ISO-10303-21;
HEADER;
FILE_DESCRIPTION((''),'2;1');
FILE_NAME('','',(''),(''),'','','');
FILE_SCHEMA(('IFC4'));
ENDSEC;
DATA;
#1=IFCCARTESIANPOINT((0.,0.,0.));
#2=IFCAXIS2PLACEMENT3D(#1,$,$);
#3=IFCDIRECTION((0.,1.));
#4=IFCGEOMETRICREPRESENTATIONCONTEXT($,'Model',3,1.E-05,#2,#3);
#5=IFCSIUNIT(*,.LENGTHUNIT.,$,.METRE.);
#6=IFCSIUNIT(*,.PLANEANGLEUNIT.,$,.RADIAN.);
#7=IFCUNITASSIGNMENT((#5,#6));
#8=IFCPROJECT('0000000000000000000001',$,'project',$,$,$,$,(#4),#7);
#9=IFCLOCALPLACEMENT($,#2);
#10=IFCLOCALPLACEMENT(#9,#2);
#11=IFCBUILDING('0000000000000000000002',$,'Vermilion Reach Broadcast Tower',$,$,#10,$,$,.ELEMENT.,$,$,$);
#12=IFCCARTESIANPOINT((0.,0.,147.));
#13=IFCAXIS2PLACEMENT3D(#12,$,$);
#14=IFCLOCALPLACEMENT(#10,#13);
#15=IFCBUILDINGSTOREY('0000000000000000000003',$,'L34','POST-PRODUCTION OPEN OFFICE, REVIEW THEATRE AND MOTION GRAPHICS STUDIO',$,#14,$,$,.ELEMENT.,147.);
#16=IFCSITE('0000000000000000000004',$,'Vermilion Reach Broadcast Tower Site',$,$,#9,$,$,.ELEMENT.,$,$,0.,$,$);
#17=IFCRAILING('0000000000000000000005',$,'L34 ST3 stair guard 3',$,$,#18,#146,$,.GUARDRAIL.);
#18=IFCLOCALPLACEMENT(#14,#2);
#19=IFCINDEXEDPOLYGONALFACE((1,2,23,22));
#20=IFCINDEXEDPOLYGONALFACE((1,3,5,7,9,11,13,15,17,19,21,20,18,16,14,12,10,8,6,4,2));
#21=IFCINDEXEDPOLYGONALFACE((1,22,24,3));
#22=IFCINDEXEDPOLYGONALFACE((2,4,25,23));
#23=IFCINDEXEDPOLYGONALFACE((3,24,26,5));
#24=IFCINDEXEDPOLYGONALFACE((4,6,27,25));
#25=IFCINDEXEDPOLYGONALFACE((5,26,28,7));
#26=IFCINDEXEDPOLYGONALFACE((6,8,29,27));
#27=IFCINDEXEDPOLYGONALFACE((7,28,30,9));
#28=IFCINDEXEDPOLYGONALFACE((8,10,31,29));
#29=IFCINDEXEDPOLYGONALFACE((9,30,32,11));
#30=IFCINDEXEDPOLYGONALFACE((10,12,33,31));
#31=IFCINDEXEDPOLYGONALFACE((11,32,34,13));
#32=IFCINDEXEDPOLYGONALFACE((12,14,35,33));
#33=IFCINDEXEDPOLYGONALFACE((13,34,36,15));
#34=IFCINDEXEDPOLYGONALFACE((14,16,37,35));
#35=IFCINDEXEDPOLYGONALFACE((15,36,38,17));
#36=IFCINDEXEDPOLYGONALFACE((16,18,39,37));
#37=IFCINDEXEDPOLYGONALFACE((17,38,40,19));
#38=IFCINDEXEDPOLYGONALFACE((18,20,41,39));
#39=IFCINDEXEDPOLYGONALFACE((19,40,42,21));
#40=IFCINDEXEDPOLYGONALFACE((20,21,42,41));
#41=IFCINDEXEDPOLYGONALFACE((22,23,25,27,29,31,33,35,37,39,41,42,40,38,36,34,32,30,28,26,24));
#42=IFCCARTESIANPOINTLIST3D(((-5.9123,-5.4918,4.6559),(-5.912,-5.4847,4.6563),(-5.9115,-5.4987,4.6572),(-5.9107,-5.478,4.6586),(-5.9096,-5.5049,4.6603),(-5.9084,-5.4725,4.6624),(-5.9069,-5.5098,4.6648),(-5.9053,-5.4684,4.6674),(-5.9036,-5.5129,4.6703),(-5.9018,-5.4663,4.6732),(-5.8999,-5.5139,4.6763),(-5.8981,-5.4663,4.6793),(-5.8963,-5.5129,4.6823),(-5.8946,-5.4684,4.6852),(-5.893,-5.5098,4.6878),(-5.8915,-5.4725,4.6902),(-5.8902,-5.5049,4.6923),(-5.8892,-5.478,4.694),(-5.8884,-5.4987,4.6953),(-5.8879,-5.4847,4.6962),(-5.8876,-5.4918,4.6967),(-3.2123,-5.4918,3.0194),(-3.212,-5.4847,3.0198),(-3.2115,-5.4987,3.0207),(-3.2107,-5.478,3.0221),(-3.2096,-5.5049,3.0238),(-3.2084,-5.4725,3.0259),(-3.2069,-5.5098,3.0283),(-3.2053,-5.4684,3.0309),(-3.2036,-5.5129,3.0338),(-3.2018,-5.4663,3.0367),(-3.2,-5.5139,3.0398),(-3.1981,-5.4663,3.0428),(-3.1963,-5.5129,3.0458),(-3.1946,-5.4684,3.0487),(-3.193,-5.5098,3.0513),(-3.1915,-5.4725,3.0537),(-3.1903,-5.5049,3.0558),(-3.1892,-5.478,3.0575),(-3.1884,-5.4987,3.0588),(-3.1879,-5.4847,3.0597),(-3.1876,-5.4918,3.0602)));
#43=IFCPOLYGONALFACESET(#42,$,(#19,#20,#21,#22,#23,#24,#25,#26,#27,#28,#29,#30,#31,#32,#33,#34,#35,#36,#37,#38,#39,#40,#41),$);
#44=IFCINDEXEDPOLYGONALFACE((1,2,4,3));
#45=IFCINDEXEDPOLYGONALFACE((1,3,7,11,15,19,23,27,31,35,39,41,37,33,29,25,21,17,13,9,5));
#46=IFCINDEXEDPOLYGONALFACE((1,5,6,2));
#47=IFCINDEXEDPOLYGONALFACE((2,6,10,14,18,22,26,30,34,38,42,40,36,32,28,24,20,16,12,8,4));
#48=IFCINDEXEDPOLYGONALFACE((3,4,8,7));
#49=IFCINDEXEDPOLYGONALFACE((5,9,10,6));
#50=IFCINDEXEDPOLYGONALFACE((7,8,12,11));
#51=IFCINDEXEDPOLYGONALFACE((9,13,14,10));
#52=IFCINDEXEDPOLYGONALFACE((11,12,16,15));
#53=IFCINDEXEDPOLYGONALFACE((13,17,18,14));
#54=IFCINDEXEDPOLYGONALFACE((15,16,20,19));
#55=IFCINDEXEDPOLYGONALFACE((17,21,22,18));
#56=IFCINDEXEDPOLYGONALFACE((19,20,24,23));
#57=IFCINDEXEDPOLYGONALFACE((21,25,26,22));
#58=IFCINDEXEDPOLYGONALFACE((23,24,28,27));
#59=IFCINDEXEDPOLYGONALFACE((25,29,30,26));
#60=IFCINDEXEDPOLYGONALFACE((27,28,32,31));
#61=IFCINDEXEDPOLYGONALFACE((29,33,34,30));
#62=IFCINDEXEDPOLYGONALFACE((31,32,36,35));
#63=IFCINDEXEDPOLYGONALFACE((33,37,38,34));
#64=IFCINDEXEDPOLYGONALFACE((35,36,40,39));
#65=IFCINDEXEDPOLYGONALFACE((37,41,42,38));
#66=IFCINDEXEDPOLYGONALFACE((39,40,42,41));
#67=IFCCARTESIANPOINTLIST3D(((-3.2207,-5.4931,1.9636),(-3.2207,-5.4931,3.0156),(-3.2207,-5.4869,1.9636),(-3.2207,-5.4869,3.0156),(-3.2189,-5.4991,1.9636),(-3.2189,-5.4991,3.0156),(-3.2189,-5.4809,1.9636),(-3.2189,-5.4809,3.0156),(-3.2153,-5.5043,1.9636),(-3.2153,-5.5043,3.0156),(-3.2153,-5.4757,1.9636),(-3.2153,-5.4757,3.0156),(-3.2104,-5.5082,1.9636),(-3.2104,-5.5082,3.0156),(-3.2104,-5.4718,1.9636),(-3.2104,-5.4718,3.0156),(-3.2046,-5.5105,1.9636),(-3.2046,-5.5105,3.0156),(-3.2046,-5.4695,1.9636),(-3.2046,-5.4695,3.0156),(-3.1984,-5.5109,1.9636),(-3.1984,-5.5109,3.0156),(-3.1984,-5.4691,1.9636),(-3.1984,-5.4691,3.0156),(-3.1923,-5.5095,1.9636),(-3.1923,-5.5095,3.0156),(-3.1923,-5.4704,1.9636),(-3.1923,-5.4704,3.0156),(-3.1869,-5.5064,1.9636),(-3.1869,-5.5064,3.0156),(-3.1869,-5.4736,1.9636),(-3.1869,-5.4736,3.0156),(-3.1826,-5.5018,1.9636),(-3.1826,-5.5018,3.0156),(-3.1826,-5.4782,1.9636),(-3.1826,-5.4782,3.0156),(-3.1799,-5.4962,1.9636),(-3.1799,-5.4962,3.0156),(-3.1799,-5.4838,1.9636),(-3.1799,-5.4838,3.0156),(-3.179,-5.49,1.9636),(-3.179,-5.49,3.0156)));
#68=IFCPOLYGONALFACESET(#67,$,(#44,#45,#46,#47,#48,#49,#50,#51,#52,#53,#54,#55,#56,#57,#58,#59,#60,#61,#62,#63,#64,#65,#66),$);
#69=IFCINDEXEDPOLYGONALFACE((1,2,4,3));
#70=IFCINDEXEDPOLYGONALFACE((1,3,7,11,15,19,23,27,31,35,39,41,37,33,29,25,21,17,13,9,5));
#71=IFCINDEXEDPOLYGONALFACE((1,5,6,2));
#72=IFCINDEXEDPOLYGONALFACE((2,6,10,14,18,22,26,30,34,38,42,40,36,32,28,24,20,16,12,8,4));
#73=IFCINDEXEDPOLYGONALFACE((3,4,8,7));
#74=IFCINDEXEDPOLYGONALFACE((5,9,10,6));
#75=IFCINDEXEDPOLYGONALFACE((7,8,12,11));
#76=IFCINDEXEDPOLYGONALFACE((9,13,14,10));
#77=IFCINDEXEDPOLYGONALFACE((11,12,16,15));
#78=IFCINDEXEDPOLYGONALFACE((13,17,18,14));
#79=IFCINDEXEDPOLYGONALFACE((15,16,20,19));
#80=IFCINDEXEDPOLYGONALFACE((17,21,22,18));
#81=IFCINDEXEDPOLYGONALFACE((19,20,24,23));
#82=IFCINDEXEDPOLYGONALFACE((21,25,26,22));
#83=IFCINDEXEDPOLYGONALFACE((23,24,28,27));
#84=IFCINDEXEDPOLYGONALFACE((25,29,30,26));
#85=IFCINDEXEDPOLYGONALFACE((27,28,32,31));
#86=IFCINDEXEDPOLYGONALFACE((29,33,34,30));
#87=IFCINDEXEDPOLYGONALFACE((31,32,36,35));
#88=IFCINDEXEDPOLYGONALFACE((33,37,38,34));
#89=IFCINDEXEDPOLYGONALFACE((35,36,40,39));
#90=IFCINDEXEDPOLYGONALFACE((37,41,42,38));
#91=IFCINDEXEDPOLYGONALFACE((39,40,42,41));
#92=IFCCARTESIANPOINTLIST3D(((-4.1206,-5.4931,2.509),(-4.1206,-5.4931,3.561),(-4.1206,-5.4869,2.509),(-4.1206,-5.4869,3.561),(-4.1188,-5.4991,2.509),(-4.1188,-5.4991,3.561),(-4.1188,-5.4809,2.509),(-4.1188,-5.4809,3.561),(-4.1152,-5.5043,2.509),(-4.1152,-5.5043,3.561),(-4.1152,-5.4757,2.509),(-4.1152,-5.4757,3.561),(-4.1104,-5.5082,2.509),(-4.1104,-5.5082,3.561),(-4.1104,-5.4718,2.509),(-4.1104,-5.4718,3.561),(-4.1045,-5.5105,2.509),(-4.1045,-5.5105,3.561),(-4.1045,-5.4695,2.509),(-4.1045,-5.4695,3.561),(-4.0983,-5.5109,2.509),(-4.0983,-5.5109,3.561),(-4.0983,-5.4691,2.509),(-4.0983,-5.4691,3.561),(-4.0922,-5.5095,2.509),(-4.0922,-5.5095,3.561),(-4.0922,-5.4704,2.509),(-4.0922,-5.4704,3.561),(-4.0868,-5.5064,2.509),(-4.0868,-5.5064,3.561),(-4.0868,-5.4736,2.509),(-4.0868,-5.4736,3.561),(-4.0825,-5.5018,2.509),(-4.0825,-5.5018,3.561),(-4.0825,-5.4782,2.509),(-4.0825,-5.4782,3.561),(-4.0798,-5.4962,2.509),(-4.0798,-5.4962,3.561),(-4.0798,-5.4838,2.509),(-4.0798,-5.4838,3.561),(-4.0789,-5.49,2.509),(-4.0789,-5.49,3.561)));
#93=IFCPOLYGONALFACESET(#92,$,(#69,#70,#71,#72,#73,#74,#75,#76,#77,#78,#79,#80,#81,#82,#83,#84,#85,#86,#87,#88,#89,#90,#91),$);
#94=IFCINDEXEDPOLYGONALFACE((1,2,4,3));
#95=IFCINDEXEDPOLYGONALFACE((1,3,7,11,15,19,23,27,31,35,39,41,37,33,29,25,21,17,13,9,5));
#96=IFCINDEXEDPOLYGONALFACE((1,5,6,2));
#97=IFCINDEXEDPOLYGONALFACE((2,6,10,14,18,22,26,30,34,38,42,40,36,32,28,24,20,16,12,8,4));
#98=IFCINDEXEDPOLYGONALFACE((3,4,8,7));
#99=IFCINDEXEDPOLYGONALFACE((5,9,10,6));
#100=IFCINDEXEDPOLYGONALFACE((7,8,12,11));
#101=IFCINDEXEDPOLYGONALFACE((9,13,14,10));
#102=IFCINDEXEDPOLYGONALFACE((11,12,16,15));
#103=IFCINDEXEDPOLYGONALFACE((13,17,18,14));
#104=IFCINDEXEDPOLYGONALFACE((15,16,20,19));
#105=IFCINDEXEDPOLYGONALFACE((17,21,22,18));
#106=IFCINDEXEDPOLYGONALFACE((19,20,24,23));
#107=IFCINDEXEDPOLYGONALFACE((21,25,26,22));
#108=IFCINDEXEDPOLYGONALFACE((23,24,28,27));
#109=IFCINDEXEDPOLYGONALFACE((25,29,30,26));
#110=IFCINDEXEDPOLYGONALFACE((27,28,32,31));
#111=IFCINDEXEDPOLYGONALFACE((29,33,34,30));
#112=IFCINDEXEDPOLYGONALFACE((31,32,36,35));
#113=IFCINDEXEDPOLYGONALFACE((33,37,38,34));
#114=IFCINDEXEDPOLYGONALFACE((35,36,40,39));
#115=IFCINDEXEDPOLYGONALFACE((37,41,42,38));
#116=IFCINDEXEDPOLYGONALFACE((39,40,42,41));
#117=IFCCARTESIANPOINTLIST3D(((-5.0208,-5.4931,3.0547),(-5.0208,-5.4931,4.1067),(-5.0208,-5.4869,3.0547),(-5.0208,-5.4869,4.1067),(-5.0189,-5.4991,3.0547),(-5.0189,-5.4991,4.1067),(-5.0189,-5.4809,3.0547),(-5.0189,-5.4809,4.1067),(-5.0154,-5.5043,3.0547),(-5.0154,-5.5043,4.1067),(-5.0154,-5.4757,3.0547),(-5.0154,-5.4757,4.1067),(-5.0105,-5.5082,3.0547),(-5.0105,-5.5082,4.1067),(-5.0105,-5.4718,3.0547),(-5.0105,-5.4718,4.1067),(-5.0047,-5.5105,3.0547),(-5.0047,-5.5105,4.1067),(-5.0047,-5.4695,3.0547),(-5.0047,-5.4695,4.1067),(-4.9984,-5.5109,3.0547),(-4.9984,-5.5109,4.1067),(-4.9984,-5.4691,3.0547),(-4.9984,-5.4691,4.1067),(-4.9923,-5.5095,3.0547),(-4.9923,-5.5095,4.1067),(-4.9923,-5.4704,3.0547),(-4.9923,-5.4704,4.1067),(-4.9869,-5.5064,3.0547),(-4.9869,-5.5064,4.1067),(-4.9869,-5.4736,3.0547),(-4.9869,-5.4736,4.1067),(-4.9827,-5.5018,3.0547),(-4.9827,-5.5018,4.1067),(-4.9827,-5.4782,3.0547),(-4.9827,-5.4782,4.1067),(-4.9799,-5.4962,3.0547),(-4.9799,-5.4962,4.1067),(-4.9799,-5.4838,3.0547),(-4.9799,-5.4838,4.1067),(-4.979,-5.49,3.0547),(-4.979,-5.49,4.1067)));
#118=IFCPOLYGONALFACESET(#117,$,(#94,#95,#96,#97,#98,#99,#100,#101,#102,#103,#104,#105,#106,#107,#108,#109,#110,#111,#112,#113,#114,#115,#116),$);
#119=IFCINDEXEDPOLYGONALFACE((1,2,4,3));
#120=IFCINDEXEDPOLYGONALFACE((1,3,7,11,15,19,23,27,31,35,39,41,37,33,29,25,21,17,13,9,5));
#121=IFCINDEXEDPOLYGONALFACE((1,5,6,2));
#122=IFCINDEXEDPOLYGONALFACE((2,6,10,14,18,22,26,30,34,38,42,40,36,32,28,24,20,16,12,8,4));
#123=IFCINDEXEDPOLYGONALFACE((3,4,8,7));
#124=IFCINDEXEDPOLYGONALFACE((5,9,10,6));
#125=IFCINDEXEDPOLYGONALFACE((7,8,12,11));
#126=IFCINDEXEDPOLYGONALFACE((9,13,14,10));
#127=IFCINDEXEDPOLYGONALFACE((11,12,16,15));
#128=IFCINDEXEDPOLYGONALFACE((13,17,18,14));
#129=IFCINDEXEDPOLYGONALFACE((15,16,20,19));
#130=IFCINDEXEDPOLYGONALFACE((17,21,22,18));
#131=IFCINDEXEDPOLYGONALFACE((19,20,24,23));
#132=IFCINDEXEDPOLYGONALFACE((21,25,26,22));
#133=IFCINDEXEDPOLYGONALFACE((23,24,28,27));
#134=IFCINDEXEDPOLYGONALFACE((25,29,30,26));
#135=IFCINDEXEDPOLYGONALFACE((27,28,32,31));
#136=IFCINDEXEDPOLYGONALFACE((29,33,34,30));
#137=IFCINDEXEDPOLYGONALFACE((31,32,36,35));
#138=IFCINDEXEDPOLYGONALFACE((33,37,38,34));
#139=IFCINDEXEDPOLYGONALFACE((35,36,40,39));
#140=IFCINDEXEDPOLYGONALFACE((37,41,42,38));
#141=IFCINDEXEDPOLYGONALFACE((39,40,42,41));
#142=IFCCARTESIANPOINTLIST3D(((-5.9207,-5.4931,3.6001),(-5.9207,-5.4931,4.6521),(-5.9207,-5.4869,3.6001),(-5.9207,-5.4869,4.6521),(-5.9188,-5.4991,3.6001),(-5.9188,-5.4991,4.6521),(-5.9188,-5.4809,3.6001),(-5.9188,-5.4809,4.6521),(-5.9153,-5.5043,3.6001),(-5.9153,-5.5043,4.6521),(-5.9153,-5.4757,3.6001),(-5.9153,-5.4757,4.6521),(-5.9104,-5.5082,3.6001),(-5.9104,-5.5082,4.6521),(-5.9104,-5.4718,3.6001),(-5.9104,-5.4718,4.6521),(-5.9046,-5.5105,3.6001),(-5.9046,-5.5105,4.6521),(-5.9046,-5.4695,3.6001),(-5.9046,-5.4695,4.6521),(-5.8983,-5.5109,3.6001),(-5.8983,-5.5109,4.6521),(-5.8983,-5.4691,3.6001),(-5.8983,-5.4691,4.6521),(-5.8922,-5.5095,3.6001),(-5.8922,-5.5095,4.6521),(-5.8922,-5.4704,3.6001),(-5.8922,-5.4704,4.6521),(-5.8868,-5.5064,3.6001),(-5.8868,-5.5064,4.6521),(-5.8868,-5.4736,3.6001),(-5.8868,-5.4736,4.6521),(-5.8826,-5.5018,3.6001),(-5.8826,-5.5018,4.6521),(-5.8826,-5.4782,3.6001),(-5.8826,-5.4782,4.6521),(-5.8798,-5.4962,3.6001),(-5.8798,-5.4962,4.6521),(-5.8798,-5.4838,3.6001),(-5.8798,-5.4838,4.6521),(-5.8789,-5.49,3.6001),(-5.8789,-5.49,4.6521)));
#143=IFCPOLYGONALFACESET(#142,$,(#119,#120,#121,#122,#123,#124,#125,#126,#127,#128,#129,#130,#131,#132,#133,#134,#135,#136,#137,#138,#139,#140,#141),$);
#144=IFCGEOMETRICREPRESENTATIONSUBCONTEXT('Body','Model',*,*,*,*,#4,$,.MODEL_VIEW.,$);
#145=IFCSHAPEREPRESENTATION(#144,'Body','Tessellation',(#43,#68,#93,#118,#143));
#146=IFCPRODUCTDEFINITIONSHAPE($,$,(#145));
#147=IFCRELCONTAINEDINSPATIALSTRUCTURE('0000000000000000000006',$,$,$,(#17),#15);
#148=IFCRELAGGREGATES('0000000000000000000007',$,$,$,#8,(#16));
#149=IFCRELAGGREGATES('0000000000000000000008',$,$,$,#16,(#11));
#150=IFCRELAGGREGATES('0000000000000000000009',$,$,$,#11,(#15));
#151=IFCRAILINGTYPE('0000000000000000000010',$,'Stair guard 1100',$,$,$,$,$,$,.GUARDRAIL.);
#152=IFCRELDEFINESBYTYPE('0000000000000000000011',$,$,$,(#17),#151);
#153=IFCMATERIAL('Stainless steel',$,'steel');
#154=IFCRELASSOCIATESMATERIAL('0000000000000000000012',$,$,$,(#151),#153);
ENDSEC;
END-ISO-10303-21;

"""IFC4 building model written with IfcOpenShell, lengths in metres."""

from ifc_helpers import new_model, si_unit, direction, frame, origin, origin_2d, place, context, subcontext, project, spatial, circle, extrude, material, type_object, element, save


model = new_model("IFC4")

# Units and contexts
model_context = context("Model", 3, precision=1e-05, world=origin(), true_north=direction((0.0, 1.0)))
body_context = subcontext(model_context, "Body", "Model", "MODEL_VIEW")
ifc_project = project(units=[si_unit("LENGTHUNIT", "METRE"), si_unit("PLANEANGLEUNIT", "RADIAN")], contexts=[model_context])

# Site, building, storey
site_placement = place(None, origin())
site = spatial("IfcSite", under=ifc_project, at=site_placement, Name="Vermilion Reach Broadcast Tower Site", CompositionType="ELEMENT", RefElevation=0.0)
building_placement = place(site_placement, origin())
building = spatial("IfcBuilding", under=site, at=building_placement, Name="Vermilion Reach Broadcast Tower", CompositionType="ELEMENT")
storey_placement = place(building_placement, frame((0.0, 0.0, 147.0)))
storey = spatial("IfcBuildingStorey", under=building, at=storey_placement, Name="L34", Description="POST-PRODUCTION OPEN OFFICE, REVIEW THEATRE AND MOTION GRAPHICS STUDIO", CompositionType="ELEMENT", Elevation=147.0)

# Railing
ifc_material_1 = material(Name="Stainless steel", Category="steel")
railing_type_1 = type_object("IfcRailingType", Name="Stair guard 1100", PredefinedType="GUARDRAIL", material=ifc_material_1)
railing_1_placement = place(storey_placement, frame((-3.2, -5.49, 1.9636)))
element("IfcRailing", 1, at=railing_1_placement, inside=storey, type_object=railing_type_1, Name="L34 ST3 stair guard 3", PredefinedType="GUARDRAIL", context=body_context, shape_type="SweptSolid", body=[
    extrude(circle(Radius=0.0239, at=origin_2d()), frame((0.0, 0.0, 1.0762), z_axis=(-0.855178, 0.0, 0.518334), x_axis=(0.0, -1.0, 0.0)), (0.0, 0.0, 1.0), 3.1572),
    extrude(circle(Radius=0.021, at=origin_2d()), origin(), (0.0, 0.0, 1.0), 1.052),
    extrude(circle(Radius=0.021, at=origin_2d()), frame((-0.8999, 0.0, 0.5454)), (0.0, 0.0, 1.0), 1.052),
    extrude(circle(Radius=0.021, at=origin_2d()), frame((-1.8, 0.0, 1.0911)), (0.0, 0.0, 1.0), 1.052),
    extrude(circle(Radius=0.021, at=origin_2d()), frame((-2.7, 0.0, 1.6365)), (0.0, 0.0, 1.0), 1.052),
])

save(model, "model.ifc")
